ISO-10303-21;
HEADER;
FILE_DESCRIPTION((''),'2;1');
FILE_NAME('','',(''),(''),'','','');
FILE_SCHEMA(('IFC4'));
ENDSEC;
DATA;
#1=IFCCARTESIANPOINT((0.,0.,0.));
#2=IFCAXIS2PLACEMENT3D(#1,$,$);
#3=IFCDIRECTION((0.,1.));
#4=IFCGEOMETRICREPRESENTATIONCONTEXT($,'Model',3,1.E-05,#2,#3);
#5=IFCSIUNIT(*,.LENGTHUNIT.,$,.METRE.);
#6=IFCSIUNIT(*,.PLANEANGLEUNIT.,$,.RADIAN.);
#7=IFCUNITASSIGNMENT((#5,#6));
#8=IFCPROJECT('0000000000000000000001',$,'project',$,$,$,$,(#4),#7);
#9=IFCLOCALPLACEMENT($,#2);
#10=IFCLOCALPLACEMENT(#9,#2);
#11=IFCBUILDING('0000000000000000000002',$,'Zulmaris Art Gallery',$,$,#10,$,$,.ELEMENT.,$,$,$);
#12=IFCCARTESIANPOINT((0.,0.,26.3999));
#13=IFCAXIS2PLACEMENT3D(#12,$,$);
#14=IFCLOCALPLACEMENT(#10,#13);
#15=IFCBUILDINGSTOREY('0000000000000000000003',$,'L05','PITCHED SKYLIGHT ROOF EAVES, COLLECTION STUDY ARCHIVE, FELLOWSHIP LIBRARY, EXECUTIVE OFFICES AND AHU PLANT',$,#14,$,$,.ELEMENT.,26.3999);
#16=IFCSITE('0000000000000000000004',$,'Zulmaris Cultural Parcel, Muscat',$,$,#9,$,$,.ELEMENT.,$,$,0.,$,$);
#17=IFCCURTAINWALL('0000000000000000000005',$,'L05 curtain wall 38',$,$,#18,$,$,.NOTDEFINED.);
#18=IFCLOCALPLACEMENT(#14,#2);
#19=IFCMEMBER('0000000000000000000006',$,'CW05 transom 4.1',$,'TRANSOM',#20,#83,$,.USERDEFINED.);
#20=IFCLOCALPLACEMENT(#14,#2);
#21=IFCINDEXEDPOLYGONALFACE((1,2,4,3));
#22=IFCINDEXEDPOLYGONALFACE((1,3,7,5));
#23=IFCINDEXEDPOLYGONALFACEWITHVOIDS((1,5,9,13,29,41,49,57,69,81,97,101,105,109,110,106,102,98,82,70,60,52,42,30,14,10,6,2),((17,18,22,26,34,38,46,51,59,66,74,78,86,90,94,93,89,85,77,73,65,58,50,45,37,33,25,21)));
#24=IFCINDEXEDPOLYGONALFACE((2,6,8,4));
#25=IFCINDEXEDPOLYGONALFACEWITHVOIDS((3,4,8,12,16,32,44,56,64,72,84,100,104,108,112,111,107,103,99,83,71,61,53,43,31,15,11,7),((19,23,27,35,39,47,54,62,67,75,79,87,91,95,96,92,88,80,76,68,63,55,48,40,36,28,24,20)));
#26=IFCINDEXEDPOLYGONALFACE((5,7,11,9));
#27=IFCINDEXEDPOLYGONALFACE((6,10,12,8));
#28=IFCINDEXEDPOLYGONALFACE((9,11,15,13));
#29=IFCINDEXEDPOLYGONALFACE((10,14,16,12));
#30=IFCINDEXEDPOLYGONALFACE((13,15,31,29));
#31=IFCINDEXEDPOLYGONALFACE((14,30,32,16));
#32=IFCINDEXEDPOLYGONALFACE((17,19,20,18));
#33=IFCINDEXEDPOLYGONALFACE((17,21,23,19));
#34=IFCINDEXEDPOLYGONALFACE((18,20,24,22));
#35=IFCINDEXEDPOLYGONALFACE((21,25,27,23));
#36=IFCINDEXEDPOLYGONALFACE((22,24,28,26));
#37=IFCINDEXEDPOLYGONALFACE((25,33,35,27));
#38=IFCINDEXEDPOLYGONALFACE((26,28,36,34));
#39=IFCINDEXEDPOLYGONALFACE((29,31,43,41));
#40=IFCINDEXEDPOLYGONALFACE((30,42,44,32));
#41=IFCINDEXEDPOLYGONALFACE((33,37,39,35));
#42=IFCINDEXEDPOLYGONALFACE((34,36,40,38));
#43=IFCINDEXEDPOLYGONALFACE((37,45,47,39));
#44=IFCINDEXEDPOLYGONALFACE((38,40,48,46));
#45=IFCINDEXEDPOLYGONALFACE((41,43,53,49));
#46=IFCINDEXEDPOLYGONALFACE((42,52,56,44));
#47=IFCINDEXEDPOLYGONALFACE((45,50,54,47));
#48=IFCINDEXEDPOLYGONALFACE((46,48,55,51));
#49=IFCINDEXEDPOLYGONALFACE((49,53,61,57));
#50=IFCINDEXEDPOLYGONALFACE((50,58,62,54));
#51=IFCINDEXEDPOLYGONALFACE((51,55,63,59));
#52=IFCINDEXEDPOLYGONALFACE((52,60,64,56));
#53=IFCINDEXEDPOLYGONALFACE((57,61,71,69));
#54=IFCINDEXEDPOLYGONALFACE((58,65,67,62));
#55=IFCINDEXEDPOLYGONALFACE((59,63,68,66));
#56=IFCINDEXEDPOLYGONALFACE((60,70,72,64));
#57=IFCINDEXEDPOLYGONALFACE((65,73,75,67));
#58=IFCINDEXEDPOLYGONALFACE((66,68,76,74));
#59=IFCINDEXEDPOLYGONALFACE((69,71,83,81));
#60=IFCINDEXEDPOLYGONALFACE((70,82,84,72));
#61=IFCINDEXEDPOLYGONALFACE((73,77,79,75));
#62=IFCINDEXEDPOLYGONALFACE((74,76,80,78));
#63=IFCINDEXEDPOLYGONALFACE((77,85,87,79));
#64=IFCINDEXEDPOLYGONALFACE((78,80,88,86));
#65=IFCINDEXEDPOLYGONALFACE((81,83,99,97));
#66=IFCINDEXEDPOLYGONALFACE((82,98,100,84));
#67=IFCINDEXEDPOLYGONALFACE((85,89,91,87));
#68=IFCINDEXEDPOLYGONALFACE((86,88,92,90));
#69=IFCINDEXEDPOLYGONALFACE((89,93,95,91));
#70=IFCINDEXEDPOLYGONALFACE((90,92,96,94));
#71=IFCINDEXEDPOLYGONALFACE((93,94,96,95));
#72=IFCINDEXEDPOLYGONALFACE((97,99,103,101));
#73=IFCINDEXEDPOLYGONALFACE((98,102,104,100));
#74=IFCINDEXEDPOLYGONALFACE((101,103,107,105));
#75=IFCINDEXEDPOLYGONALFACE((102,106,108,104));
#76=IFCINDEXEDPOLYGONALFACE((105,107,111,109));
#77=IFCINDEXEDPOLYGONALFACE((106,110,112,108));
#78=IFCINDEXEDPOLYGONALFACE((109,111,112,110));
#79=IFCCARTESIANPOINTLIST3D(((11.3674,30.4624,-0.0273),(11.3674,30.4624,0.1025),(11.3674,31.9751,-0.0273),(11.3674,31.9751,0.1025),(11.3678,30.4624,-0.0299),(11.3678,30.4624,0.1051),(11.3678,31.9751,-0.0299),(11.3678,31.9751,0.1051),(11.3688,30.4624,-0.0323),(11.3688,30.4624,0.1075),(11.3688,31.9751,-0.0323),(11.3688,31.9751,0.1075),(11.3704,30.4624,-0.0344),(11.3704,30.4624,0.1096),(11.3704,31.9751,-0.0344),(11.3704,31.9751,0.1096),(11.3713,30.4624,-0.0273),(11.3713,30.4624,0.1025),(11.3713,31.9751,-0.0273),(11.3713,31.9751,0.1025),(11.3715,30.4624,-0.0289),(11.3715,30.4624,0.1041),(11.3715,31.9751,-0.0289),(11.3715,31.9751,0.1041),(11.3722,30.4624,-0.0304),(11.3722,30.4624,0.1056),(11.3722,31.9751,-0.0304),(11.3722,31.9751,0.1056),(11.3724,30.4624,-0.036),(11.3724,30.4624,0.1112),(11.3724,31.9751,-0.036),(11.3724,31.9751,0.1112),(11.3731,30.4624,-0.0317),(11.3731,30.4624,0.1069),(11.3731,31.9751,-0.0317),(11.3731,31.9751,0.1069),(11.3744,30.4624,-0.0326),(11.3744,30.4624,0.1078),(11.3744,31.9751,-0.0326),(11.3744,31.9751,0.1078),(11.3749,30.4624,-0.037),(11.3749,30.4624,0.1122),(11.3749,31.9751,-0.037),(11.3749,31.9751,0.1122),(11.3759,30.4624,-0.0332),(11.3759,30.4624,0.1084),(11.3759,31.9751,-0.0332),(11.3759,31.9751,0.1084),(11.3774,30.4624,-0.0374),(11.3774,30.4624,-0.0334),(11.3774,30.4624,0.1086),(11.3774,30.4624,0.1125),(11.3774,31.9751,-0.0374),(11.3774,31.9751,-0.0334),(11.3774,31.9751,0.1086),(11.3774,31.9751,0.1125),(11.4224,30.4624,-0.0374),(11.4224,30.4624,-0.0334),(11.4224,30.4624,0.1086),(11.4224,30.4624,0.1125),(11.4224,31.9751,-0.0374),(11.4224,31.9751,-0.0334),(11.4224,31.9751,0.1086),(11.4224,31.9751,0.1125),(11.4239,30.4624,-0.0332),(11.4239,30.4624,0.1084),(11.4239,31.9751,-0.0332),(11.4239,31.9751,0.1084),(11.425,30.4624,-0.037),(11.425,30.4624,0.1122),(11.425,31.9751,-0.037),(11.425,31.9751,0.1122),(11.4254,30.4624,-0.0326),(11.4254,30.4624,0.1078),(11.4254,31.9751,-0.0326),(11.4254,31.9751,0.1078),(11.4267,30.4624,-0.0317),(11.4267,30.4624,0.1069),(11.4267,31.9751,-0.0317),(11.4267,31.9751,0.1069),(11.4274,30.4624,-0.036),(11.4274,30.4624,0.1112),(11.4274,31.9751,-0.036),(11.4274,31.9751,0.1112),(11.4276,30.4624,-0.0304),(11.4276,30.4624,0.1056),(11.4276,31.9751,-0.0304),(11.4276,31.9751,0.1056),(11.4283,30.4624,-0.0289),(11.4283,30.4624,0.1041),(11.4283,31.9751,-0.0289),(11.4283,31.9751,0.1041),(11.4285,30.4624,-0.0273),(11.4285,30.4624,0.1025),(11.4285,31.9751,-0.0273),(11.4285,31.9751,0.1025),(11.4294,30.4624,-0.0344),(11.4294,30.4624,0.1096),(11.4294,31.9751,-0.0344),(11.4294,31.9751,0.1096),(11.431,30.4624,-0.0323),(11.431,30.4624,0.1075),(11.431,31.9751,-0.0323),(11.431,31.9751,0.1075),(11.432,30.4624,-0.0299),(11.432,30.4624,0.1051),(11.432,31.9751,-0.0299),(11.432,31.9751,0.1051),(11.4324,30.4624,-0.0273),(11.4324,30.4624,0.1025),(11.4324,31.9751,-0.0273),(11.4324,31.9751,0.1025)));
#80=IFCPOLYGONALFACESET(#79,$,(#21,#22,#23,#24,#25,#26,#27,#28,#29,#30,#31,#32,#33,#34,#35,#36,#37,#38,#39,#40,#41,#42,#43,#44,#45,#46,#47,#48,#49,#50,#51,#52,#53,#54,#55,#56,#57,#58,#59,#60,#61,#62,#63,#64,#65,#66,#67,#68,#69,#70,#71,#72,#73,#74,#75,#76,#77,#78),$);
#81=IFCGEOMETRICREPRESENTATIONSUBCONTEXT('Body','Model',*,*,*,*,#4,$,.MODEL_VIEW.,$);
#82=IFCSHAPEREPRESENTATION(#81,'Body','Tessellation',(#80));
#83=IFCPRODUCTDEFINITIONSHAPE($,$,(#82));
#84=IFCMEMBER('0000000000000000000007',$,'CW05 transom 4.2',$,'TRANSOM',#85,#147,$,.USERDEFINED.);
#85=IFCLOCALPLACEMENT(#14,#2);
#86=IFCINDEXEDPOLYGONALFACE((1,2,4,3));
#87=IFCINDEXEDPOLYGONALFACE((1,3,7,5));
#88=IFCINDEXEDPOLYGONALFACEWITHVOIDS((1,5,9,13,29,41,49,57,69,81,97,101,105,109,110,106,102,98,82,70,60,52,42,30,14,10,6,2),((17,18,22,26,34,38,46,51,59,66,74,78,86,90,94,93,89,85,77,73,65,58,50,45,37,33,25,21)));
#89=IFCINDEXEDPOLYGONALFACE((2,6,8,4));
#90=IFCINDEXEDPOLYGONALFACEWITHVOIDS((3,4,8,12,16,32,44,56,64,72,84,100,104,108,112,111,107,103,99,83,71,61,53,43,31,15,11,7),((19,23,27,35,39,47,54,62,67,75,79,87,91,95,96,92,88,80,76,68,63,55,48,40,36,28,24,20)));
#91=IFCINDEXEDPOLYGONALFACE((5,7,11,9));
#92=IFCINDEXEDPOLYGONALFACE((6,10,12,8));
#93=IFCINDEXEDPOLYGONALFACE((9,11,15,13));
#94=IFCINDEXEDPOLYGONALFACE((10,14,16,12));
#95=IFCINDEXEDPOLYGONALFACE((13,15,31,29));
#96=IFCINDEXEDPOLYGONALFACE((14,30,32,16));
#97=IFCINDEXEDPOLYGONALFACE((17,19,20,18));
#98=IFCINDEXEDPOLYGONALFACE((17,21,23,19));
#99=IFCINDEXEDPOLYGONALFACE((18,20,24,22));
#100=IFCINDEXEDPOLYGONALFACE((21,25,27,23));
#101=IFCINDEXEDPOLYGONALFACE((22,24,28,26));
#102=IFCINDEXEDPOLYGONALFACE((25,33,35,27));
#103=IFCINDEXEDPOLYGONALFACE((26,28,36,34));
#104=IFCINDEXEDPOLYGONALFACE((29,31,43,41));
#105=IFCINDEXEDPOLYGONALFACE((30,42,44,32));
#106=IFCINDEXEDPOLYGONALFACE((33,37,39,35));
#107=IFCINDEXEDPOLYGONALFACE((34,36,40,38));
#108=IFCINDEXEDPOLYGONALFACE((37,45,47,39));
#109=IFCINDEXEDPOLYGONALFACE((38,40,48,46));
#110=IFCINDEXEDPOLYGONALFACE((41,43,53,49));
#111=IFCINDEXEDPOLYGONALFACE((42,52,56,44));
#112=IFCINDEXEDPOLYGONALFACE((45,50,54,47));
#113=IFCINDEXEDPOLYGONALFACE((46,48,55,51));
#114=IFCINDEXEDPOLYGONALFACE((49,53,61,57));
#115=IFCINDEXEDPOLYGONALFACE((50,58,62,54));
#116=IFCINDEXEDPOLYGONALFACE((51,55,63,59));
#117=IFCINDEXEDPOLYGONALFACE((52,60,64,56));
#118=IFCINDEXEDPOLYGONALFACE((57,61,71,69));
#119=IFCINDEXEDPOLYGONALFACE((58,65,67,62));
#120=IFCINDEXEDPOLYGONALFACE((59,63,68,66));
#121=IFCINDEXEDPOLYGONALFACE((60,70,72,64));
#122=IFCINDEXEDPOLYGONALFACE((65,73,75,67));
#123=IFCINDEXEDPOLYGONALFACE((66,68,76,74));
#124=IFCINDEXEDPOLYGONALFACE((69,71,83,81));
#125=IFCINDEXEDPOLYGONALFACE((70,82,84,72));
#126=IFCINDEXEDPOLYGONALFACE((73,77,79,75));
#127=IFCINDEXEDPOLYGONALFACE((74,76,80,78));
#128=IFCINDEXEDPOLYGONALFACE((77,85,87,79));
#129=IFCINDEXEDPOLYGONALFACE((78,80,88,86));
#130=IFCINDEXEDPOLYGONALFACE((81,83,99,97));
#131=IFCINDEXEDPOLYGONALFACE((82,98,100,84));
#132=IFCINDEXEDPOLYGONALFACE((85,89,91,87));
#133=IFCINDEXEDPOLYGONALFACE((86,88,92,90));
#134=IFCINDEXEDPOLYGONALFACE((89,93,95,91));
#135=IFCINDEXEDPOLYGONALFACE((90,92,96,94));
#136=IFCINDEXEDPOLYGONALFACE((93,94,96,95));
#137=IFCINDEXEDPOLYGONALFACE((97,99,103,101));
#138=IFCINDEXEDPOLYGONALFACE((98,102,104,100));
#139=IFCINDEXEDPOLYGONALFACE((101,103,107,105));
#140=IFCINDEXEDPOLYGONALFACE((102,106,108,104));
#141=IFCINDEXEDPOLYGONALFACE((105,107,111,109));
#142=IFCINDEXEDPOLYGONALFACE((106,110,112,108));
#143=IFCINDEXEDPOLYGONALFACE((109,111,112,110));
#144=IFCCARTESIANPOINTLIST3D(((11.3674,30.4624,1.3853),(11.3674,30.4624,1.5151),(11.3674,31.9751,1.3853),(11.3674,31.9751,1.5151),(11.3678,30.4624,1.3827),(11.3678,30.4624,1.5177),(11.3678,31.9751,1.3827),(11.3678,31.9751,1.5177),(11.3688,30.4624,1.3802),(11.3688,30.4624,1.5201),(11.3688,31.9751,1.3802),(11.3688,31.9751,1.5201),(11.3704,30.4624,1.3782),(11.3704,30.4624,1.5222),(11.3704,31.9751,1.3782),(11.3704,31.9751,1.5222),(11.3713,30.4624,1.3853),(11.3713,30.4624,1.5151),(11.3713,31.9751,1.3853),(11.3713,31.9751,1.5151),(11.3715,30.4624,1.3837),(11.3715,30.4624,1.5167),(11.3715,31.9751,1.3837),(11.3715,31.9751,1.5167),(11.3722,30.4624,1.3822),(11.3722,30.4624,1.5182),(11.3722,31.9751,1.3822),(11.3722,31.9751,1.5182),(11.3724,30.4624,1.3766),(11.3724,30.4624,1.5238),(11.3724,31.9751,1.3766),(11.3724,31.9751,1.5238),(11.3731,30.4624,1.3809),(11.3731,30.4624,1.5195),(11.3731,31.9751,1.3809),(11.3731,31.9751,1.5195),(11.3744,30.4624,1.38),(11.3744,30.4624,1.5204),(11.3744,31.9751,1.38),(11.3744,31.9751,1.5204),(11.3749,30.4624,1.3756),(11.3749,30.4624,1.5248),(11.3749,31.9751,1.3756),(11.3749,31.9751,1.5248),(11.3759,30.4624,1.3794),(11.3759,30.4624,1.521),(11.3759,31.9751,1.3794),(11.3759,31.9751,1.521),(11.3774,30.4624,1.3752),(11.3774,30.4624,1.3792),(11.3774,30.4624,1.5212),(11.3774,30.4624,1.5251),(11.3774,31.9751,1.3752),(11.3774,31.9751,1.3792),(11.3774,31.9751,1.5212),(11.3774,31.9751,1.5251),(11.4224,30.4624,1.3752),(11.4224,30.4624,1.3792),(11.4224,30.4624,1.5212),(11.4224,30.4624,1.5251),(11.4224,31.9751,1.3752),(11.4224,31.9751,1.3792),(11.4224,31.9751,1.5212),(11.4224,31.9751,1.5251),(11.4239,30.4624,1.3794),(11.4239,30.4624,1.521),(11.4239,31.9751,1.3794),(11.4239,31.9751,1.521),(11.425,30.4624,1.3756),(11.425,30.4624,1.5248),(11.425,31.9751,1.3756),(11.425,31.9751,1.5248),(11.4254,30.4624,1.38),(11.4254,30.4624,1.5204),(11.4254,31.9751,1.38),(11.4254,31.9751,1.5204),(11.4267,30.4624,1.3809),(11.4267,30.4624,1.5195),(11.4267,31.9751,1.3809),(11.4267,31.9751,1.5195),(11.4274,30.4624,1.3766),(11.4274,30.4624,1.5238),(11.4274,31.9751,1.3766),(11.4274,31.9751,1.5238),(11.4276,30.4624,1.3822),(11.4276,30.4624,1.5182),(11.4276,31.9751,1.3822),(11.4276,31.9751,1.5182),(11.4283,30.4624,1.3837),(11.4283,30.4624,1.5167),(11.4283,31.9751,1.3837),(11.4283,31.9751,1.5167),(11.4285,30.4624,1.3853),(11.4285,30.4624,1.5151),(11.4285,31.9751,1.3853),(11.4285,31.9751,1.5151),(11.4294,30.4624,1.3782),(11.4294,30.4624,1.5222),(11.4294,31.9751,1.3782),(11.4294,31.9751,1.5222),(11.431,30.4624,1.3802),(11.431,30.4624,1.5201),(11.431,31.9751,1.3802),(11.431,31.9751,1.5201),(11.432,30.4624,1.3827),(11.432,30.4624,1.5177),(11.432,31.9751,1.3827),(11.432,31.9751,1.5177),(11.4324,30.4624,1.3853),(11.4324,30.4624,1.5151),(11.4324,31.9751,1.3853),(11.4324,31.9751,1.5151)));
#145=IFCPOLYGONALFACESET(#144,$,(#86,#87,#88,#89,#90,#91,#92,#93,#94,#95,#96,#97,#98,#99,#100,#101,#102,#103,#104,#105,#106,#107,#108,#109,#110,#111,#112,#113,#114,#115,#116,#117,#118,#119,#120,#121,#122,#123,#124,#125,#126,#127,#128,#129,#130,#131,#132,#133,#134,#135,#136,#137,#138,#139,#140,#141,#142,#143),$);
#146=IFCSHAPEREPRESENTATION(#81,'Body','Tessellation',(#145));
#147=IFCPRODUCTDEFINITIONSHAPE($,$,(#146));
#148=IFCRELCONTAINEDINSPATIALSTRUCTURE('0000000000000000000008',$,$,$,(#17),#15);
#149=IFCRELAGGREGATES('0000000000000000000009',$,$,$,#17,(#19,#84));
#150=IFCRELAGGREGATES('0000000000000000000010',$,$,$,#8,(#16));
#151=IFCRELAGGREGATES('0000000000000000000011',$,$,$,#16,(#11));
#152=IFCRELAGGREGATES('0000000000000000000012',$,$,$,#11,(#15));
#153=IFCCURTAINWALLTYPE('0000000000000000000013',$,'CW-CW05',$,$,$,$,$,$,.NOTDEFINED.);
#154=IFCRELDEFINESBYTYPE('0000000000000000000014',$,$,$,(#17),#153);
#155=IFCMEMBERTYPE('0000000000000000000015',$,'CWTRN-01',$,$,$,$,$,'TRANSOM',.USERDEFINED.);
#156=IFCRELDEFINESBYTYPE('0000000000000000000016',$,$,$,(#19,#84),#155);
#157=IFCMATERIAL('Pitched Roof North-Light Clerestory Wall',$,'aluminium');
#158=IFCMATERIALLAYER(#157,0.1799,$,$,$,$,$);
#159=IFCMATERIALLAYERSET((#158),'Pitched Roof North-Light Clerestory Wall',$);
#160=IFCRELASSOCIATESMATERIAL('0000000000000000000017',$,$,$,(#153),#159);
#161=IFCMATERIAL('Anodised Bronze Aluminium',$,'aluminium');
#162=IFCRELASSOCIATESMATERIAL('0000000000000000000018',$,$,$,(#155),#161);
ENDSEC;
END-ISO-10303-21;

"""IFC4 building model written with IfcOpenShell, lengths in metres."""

from ifc_helpers import new_model, si_unit, direction, frame, origin, origin_2d, place, context, subcontext, project, spatial, hollow_rectangle, extrude, material, layer, layer_set, material_profile, profile_set, type_object, element, aggregate, save


model = new_model("IFC4")

# Units and contexts
model_context = context("Model", 3, precision=1e-05, world=origin(), true_north=direction((0.0, 1.0)))
body_context = subcontext(model_context, "Body", "Model", "MODEL_VIEW")
ifc_project = project(units=[si_unit("LENGTHUNIT", "METRE"), si_unit("PLANEANGLEUNIT", "RADIAN")], contexts=[model_context])

# Site, building, storey
site_placement = place(None, origin())
site = spatial("IfcSite", under=ifc_project, at=site_placement, Name="Zulmaris Cultural Parcel, Muscat", CompositionType="ELEMENT", RefElevation=0.0)
building_placement = place(site_placement, origin())
building = spatial("IfcBuilding", under=site, at=building_placement, Name="Zulmaris Art Gallery", CompositionType="ELEMENT")
storey_placement = place(building_placement, frame((0.0, 0.0, 26.3999)))
storey = spatial("IfcBuildingStorey", under=building, at=storey_placement, Name="L05", Description="PITCHED SKYLIGHT ROOF EAVES, COLLECTION STUDY ARCHIVE, FELLOWSHIP LIBRARY, EXECUTIVE OFFICES AND AHU PLANT", CompositionType="ELEMENT", Elevation=26.3999)

# Curtain wall
ifc_material_1 = material(Name="Pitched Roof North-Light Clerestory Wall", Category="aluminium")
ifc_layer_1 = layer(ifc_material_1, 0.1799)
ifc_layer_set_1 = layer_set([ifc_layer_1], Name="Pitched Roof North-Light Clerestory Wall")
curtain_wall_type = type_object("IfcCurtainWallType", Name="CW-CW05", PredefinedType="NOTDEFINED", material=ifc_layer_set_1)
curtain_wall_1_placement = place(storey_placement, origin())
curtain_wall_1 = element("IfcCurtainWall", 1, at=curtain_wall_1_placement, inside=storey, type_object=curtain_wall_type, Name="L05 curtain wall 38", PredefinedType="NOTDEFINED")
ifc_material_2 = material(Name="Anodised Bronze Aluminium", Category="aluminium")

# Members
ifc_material_profile_1 = material_profile(ifc_material_2, hollow_rectangle(XDim=0.0649, YDim=0.1499, WallThickness=0.0039, InnerFilletRadius=0.0061, OuterFilletRadius=0.01, at=origin_2d()), Name="ALU 65x150x4")
ifc_profile_set_1 = profile_set([ifc_material_profile_1], Name="Anodised Bronze Aluminium")
member_type_1 = type_object("IfcMemberType", Name="CWTRN-01", ElementType="TRANSOM", PredefinedType="USERDEFINED", material=ifc_profile_set_1)
member_1_placement = place(storey_placement, frame((11.3999, 30.4624, 0.0376), z_axis=(0.0, 1.0, 0.0), x_axis=(-1.0, 0.0, 0.0)))
member_1 = element("IfcMember", 2, at=member_1_placement, type_object=member_type_1, Name="CW05 transom 4.1", ObjectType="TRANSOM", PredefinedType="USERDEFINED", context=body_context, shape_type="SweptSolid", body=[
    extrude(hollow_rectangle(XDim=0.0649, YDim=0.1499, WallThickness=0.0039, InnerFilletRadius=0.0061, OuterFilletRadius=0.01, at=origin_2d()), origin(), (0.0, 0.0, 1.0), 1.5127),
])
member_2_placement = place(storey_placement, frame((11.3999, 30.4624, 1.4502), z_axis=(0.0, 1.0, 0.0), x_axis=(-1.0, 0.0, 0.0)))
member_2 = element("IfcMember", 3, at=member_2_placement, type_object=member_type_1, Name="CW05 transom 4.2", ObjectType="TRANSOM", PredefinedType="USERDEFINED", context=body_context, shape_type="SweptSolid", body=[
    extrude(hollow_rectangle(XDim=0.0649, YDim=0.1499, WallThickness=0.0039, InnerFilletRadius=0.0061, OuterFilletRadius=0.01, at=origin_2d()), origin(), (0.0, 0.0, 1.0), 1.5127),
])

aggregate(curtain_wall_1, [member_1, member_2])

save(model, "model.ifc")
